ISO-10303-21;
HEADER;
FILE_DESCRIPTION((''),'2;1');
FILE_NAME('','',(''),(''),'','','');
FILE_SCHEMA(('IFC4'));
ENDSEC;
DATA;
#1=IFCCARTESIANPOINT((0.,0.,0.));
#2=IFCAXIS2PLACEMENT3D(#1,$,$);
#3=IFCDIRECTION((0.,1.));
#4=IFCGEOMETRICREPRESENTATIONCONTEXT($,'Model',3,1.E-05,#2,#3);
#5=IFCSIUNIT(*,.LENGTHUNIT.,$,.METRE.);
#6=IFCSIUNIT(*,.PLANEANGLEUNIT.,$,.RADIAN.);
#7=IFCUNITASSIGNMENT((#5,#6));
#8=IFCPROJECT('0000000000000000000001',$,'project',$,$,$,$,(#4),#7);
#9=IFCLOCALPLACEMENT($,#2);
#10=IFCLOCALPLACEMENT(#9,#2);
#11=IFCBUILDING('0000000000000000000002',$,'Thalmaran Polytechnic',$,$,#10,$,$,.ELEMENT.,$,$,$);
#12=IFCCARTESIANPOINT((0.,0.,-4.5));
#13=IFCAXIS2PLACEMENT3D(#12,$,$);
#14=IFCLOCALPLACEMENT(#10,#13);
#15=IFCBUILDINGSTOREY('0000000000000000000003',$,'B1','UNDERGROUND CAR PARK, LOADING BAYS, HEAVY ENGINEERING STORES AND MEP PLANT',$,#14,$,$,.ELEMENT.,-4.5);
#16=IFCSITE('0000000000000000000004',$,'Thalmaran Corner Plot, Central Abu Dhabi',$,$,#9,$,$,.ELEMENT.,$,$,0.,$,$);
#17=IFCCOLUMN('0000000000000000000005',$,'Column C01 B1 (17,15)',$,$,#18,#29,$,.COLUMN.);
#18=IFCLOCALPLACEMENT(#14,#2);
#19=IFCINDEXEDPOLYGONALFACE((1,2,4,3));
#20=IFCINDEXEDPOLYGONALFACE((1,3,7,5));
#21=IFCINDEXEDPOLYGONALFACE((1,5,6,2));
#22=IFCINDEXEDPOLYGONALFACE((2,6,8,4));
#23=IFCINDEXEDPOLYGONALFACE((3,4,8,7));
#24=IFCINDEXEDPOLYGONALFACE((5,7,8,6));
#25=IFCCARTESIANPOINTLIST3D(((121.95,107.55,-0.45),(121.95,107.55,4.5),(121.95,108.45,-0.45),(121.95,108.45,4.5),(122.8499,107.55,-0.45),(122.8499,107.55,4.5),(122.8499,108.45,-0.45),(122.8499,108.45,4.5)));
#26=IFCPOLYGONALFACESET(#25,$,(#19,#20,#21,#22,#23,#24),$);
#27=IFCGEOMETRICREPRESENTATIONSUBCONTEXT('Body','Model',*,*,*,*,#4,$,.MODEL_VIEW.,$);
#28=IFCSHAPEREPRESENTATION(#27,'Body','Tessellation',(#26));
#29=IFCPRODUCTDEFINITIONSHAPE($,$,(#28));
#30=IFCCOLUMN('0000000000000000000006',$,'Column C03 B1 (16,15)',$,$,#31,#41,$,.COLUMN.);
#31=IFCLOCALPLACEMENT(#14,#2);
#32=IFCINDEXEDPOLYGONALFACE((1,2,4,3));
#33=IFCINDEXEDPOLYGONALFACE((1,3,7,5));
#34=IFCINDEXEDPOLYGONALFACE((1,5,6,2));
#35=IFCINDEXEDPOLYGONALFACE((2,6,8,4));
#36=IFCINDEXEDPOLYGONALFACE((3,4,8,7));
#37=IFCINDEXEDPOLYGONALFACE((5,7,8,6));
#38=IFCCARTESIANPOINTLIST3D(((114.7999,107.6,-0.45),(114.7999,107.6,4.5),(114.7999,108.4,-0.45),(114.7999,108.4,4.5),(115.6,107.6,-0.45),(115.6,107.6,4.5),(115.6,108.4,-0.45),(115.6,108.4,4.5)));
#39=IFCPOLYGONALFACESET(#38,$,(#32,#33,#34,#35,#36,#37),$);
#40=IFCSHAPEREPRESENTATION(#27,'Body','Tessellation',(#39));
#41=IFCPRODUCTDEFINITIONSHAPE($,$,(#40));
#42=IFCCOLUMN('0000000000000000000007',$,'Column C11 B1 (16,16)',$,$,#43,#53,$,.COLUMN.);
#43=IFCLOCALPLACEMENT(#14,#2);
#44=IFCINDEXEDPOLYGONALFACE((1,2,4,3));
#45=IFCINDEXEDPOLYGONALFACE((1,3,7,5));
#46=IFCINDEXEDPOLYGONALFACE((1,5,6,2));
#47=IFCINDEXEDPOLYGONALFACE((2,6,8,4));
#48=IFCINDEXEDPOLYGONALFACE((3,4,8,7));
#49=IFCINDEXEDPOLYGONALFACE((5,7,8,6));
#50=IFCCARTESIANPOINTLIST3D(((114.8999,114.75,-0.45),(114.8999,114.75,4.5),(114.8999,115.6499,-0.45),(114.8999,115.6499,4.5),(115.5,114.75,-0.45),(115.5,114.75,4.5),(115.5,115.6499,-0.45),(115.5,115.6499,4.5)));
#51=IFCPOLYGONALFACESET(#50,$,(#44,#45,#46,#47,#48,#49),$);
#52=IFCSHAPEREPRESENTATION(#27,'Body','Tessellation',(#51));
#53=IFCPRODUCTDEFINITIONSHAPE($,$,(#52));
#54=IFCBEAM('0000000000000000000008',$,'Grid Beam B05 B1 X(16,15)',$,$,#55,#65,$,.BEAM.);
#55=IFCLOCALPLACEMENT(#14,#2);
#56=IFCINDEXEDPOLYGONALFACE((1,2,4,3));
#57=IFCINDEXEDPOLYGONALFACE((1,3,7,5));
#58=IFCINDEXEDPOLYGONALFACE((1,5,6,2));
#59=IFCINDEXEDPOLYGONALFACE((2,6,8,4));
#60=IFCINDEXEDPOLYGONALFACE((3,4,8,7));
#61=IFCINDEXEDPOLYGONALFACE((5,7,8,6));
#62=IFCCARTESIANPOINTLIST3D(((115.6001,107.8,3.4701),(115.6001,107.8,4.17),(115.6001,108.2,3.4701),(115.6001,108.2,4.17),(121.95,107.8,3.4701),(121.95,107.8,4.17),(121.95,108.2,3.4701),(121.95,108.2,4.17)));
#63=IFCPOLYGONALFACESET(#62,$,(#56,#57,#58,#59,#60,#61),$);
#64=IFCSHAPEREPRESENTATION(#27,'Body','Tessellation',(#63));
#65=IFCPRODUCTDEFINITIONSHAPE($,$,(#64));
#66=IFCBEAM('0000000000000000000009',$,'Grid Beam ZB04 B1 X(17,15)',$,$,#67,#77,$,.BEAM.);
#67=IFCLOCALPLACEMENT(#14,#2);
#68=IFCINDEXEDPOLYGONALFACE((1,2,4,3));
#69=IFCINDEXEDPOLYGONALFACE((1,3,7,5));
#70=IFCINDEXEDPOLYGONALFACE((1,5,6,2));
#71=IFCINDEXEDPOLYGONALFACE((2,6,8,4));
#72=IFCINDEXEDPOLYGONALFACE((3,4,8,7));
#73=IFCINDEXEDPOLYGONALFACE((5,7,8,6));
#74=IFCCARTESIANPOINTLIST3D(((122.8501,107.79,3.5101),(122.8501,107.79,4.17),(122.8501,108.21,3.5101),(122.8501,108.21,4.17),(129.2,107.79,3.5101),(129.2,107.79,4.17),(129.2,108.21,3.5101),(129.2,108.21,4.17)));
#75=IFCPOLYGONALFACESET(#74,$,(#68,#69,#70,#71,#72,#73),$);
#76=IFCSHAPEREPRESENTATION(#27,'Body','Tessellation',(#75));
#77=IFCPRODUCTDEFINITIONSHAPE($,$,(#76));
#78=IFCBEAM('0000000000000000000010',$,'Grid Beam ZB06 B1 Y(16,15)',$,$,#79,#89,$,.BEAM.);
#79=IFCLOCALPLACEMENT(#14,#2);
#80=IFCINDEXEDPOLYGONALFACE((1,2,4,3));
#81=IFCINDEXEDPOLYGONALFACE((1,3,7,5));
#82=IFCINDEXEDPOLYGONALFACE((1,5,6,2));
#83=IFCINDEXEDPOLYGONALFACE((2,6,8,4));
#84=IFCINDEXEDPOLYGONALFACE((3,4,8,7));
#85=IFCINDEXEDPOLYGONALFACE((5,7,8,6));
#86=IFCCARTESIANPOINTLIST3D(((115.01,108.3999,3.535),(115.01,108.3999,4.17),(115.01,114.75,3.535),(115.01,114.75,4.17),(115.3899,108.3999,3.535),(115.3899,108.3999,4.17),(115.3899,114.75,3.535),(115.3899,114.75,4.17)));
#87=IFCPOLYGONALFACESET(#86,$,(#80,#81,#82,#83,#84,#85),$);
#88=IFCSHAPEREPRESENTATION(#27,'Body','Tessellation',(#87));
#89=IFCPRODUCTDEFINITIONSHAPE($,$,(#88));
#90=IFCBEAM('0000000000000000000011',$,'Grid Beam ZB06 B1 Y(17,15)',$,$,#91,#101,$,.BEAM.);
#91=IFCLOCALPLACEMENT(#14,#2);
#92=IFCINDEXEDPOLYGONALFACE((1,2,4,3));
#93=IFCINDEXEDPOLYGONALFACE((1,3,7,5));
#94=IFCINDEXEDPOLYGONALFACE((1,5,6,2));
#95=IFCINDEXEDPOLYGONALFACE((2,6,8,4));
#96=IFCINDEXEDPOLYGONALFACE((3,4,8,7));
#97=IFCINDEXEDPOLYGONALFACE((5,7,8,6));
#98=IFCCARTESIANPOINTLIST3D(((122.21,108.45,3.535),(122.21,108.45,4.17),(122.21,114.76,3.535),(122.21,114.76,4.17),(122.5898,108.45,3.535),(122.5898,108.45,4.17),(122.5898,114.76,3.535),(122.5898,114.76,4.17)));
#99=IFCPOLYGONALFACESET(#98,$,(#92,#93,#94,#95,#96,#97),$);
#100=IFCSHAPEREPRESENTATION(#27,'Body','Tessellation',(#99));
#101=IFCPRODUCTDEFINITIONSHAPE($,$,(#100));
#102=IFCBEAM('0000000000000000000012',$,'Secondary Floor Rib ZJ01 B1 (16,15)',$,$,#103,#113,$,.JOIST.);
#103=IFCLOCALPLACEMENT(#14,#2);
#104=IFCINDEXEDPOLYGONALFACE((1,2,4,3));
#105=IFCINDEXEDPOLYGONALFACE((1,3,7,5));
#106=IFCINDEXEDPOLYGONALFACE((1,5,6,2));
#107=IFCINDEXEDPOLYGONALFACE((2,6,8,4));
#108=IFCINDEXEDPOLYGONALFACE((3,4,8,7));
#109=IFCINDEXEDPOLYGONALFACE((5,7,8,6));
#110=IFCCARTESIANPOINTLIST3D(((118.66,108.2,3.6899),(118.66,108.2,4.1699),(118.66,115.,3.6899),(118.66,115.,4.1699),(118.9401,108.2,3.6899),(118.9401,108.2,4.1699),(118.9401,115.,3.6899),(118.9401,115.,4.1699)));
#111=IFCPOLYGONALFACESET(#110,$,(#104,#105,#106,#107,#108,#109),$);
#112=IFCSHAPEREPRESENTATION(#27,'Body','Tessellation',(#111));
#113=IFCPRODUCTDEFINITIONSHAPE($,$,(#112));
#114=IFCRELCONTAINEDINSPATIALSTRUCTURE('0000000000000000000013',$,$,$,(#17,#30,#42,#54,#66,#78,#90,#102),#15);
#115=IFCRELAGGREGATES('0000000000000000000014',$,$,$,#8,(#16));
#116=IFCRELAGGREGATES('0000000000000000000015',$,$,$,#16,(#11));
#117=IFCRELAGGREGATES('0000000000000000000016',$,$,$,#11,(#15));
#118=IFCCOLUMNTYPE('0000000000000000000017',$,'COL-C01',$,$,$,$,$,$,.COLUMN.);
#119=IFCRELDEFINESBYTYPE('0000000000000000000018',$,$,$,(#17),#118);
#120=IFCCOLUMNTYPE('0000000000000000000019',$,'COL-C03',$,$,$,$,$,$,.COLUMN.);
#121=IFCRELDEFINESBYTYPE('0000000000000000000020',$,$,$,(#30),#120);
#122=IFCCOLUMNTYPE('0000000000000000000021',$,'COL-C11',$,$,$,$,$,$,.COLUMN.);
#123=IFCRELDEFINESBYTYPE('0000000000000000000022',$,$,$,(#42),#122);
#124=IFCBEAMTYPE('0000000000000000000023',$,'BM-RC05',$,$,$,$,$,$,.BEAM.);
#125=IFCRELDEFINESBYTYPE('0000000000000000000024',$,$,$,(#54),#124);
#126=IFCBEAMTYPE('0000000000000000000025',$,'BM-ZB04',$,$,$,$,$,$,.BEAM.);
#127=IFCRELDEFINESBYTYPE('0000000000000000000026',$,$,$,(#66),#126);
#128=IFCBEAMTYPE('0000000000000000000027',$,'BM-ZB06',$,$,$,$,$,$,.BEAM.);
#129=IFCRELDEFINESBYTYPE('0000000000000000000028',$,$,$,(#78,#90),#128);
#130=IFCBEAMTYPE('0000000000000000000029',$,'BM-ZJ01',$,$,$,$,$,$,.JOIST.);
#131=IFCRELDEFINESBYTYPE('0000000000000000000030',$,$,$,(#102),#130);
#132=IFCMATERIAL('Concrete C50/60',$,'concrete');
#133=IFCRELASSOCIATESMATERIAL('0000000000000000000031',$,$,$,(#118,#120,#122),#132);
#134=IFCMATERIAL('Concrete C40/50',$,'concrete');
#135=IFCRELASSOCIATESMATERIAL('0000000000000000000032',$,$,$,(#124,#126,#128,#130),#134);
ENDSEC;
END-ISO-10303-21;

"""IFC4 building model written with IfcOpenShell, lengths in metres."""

from ifc_helpers import new_model, si_unit, direction, frame, origin, origin_2d, place, context, subcontext, project, spatial, rectangle, extrude, material, material_profile, profile_set, type_object, element, save


model = new_model("IFC4")

# Units and contexts
model_context = context("Model", 3, precision=1e-05, world=origin(), true_north=direction((0.0, 1.0)))
body_context = subcontext(model_context, "Body", "Model", "MODEL_VIEW")
ifc_project = project(units=[si_unit("LENGTHUNIT", "METRE"), si_unit("PLANEANGLEUNIT", "RADIAN")], contexts=[model_context])

# Site, building, storey
site_placement = place(None, origin())
site = spatial("IfcSite", under=ifc_project, at=site_placement, Name="Thalmaran Corner Plot, Central Abu Dhabi", CompositionType="ELEMENT", RefElevation=0.0)
building_placement = place(site_placement, origin())
building = spatial("IfcBuilding", under=site, at=building_placement, Name="Thalmaran Polytechnic", CompositionType="ELEMENT")
storey_placement = place(building_placement, frame((0.0, 0.0, -4.5)))
storey = spatial("IfcBuildingStorey", under=building, at=storey_placement, Name="B1", Description="UNDERGROUND CAR PARK, LOADING BAYS, HEAVY ENGINEERING STORES AND MEP PLANT", CompositionType="ELEMENT", Elevation=-4.5)

# Shared definitions
ifc_material_1 = material(Name="Concrete C40/50", Category="concrete")

# Columns
ifc_material_2 = material(Name="Concrete C50/60", Category="concrete")
ifc_material_profile_1 = material_profile(ifc_material_2, rectangle(XDim=0.8999, YDim=0.8999, at=origin_2d()), Name="RC 900x900")
ifc_profile_set_1 = profile_set([ifc_material_profile_1], Name="Concrete C50/60")
column_type_1 = type_object("IfcColumnType", Name="COL-C01", PredefinedType="COLUMN", material=ifc_profile_set_1)
column_1_placement = place(storey_placement, frame((122.3999, 108.0, -0.45), z_axis=(0.0, 0.0, 1.0), x_axis=(1.0, 0.0, 0.0)))
element("IfcColumn", 1, at=column_1_placement, inside=storey, type_object=column_type_1, Name="Column C01 B1 (17,15)", PredefinedType="COLUMN", context=body_context, shape_type="SweptSolid", body=[
    extrude(rectangle(XDim=0.8999, YDim=0.8999, at=origin_2d()), origin(), (0.0, 0.0, 1.0), 4.95),
])
ifc_material_profile_2 = material_profile(ifc_material_2, rectangle(XDim=0.8, YDim=0.8, at=origin_2d()), Name="RC 800x800")
ifc_profile_set_2 = profile_set([ifc_material_profile_2], Name="Concrete C50/60")
column_type_2 = type_object("IfcColumnType", Name="COL-C03", PredefinedType="COLUMN", material=ifc_profile_set_2)
column_2_placement = place(storey_placement, frame((115.2, 108.0, -0.45), z_axis=(0.0, 0.0, 1.0), x_axis=(1.0, 0.0, 0.0)))
element("IfcColumn", 2, at=column_2_placement, inside=storey, type_object=column_type_2, Name="Column C03 B1 (16,15)", PredefinedType="COLUMN", context=body_context, shape_type="SweptSolid", body=[
    extrude(rectangle(XDim=0.8, YDim=0.8, at=origin_2d()), origin(), (0.0, 0.0, 1.0), 4.95),
])
ifc_material_profile_3 = material_profile(ifc_material_2, rectangle(XDim=0.6001, YDim=0.8999, at=origin_2d()), Name="RC 600x900")
ifc_profile_set_3 = profile_set([ifc_material_profile_3], Name="Concrete C50/60")
column_type_3 = type_object("IfcColumnType", Name="COL-C11", PredefinedType="COLUMN", material=ifc_profile_set_3)
column_3_placement = place(storey_placement, frame((115.2, 115.2, -0.45), z_axis=(0.0, 0.0, 1.0), x_axis=(1.0, 0.0, 0.0)))
element("IfcColumn", 3, at=column_3_placement, inside=storey, type_object=column_type_3, Name="Column C11 B1 (16,16)", PredefinedType="COLUMN", context=body_context, shape_type="SweptSolid", body=[
    extrude(rectangle(XDim=0.6001, YDim=0.8999, at=origin_2d()), origin(), (0.0, 0.0, 1.0), 4.95),
])

# Beams
ifc_material_profile_4 = material_profile(ifc_material_1, rectangle(XDim=0.3999, YDim=0.7, at=origin_2d()), Name="RC 400x700")
ifc_profile_set_4 = profile_set([ifc_material_profile_4], Name="Concrete C40/50")
beam_type_1 = type_object("IfcBeamType", Name="BM-RC05", PredefinedType="BEAM", material=ifc_profile_set_4)
beam_1_placement = place(storey_placement, frame((115.6001, 108.0, 3.8201), z_axis=(1.0, 0.0, 0.0), x_axis=(0.0, 1.0, 0.0)))
element("IfcBeam", 4, at=beam_1_placement, inside=storey, type_object=beam_type_1, Name="Grid Beam B05 B1 X(16,15)", PredefinedType="BEAM", context=body_context, shape_type="SweptSolid", body=[
    extrude(rectangle(XDim=0.3999, YDim=0.7, at=origin_2d()), origin(), (0.0, 0.0, 1.0), 6.3499),
])
ifc_material_profile_5 = material_profile(ifc_material_1, rectangle(XDim=0.4199, YDim=0.6599, at=origin_2d()), Name="RC 420x660")
ifc_profile_set_5 = profile_set([ifc_material_profile_5], Name="Concrete C40/50")
beam_type_2 = type_object("IfcBeamType", Name="BM-ZB04", PredefinedType="BEAM", material=ifc_profile_set_5)
beam_2_placement = place(storey_placement, frame((122.8501, 108.0, 3.8401), z_axis=(1.0, 0.0, 0.0), x_axis=(0.0, 1.0, 0.0)))
element("IfcBeam", 5, at=beam_2_placement, inside=storey, type_object=beam_type_2, Name="Grid Beam ZB04 B1 X(17,15)", PredefinedType="BEAM", context=body_context, shape_type="SweptSolid", body=[
    extrude(rectangle(XDim=0.4199, YDim=0.6599, at=origin_2d()), origin(), (0.0, 0.0, 1.0), 6.3499),
])
ifc_material_profile_6 = material_profile(ifc_material_1, rectangle(XDim=0.3799, YDim=0.635, at=origin_2d()), Name="RC 380x635")
ifc_profile_set_6 = profile_set([ifc_material_profile_6], Name="Concrete C40/50")
beam_type_3 = type_object("IfcBeamType", Name="BM-ZB06", PredefinedType="BEAM", material=ifc_profile_set_6)
beam_3_placement = place(storey_placement, frame((115.2, 108.3999, 3.8525), z_axis=(0.0, 1.0, 0.0), x_axis=(-1.0, 0.0, 0.0)))
element("IfcBeam", 6, at=beam_3_placement, inside=storey, type_object=beam_type_3, Name="Grid Beam ZB06 B1 Y(16,15)", PredefinedType="BEAM", context=body_context, shape_type="SweptSolid", body=[
    extrude(rectangle(XDim=0.3799, YDim=0.635, at=origin_2d()), origin(), (0.0, 0.0, 1.0), 6.3501),
])
beam_4_placement = place(storey_placement, frame((122.3999, 108.45, 3.8525), z_axis=(0.0, 1.0, 0.0), x_axis=(-1.0, 0.0, 0.0)))
element("IfcBeam", 7, at=beam_4_placement, inside=storey, type_object=beam_type_3, Name="Grid Beam ZB06 B1 Y(17,15)", PredefinedType="BEAM", context=body_context, shape_type="SweptSolid", body=[
    extrude(rectangle(XDim=0.3799, YDim=0.635, at=origin_2d()), origin(), (0.0, 0.0, 1.0), 6.3101),
])
ifc_material_profile_7 = material_profile(ifc_material_1, rectangle(XDim=0.28, YDim=0.48, at=origin_2d()), Name="RC 280x480")
ifc_profile_set_7 = profile_set([ifc_material_profile_7], Name="Concrete C40/50")
beam_type_4 = type_object("IfcBeamType", Name="BM-ZJ01", PredefinedType="JOIST", material=ifc_profile_set_7)
beam_5_placement = place(storey_placement, frame((118.8, 108.2, 3.9299), z_axis=(0.0, 1.0, 0.0), x_axis=(-1.0, 0.0, 0.0)))
element("IfcBeam", 8, at=beam_5_placement, inside=storey, type_object=beam_type_4, Name="Secondary Floor Rib ZJ01 B1 (16,15)", PredefinedType="JOIST", context=body_context, shape_type="SweptSolid", body=[
    extrude(rectangle(XDim=0.28, YDim=0.48, at=origin_2d()), origin(), (0.0, 0.0, 1.0), 6.8),
])

save(model, "model.ifc")
